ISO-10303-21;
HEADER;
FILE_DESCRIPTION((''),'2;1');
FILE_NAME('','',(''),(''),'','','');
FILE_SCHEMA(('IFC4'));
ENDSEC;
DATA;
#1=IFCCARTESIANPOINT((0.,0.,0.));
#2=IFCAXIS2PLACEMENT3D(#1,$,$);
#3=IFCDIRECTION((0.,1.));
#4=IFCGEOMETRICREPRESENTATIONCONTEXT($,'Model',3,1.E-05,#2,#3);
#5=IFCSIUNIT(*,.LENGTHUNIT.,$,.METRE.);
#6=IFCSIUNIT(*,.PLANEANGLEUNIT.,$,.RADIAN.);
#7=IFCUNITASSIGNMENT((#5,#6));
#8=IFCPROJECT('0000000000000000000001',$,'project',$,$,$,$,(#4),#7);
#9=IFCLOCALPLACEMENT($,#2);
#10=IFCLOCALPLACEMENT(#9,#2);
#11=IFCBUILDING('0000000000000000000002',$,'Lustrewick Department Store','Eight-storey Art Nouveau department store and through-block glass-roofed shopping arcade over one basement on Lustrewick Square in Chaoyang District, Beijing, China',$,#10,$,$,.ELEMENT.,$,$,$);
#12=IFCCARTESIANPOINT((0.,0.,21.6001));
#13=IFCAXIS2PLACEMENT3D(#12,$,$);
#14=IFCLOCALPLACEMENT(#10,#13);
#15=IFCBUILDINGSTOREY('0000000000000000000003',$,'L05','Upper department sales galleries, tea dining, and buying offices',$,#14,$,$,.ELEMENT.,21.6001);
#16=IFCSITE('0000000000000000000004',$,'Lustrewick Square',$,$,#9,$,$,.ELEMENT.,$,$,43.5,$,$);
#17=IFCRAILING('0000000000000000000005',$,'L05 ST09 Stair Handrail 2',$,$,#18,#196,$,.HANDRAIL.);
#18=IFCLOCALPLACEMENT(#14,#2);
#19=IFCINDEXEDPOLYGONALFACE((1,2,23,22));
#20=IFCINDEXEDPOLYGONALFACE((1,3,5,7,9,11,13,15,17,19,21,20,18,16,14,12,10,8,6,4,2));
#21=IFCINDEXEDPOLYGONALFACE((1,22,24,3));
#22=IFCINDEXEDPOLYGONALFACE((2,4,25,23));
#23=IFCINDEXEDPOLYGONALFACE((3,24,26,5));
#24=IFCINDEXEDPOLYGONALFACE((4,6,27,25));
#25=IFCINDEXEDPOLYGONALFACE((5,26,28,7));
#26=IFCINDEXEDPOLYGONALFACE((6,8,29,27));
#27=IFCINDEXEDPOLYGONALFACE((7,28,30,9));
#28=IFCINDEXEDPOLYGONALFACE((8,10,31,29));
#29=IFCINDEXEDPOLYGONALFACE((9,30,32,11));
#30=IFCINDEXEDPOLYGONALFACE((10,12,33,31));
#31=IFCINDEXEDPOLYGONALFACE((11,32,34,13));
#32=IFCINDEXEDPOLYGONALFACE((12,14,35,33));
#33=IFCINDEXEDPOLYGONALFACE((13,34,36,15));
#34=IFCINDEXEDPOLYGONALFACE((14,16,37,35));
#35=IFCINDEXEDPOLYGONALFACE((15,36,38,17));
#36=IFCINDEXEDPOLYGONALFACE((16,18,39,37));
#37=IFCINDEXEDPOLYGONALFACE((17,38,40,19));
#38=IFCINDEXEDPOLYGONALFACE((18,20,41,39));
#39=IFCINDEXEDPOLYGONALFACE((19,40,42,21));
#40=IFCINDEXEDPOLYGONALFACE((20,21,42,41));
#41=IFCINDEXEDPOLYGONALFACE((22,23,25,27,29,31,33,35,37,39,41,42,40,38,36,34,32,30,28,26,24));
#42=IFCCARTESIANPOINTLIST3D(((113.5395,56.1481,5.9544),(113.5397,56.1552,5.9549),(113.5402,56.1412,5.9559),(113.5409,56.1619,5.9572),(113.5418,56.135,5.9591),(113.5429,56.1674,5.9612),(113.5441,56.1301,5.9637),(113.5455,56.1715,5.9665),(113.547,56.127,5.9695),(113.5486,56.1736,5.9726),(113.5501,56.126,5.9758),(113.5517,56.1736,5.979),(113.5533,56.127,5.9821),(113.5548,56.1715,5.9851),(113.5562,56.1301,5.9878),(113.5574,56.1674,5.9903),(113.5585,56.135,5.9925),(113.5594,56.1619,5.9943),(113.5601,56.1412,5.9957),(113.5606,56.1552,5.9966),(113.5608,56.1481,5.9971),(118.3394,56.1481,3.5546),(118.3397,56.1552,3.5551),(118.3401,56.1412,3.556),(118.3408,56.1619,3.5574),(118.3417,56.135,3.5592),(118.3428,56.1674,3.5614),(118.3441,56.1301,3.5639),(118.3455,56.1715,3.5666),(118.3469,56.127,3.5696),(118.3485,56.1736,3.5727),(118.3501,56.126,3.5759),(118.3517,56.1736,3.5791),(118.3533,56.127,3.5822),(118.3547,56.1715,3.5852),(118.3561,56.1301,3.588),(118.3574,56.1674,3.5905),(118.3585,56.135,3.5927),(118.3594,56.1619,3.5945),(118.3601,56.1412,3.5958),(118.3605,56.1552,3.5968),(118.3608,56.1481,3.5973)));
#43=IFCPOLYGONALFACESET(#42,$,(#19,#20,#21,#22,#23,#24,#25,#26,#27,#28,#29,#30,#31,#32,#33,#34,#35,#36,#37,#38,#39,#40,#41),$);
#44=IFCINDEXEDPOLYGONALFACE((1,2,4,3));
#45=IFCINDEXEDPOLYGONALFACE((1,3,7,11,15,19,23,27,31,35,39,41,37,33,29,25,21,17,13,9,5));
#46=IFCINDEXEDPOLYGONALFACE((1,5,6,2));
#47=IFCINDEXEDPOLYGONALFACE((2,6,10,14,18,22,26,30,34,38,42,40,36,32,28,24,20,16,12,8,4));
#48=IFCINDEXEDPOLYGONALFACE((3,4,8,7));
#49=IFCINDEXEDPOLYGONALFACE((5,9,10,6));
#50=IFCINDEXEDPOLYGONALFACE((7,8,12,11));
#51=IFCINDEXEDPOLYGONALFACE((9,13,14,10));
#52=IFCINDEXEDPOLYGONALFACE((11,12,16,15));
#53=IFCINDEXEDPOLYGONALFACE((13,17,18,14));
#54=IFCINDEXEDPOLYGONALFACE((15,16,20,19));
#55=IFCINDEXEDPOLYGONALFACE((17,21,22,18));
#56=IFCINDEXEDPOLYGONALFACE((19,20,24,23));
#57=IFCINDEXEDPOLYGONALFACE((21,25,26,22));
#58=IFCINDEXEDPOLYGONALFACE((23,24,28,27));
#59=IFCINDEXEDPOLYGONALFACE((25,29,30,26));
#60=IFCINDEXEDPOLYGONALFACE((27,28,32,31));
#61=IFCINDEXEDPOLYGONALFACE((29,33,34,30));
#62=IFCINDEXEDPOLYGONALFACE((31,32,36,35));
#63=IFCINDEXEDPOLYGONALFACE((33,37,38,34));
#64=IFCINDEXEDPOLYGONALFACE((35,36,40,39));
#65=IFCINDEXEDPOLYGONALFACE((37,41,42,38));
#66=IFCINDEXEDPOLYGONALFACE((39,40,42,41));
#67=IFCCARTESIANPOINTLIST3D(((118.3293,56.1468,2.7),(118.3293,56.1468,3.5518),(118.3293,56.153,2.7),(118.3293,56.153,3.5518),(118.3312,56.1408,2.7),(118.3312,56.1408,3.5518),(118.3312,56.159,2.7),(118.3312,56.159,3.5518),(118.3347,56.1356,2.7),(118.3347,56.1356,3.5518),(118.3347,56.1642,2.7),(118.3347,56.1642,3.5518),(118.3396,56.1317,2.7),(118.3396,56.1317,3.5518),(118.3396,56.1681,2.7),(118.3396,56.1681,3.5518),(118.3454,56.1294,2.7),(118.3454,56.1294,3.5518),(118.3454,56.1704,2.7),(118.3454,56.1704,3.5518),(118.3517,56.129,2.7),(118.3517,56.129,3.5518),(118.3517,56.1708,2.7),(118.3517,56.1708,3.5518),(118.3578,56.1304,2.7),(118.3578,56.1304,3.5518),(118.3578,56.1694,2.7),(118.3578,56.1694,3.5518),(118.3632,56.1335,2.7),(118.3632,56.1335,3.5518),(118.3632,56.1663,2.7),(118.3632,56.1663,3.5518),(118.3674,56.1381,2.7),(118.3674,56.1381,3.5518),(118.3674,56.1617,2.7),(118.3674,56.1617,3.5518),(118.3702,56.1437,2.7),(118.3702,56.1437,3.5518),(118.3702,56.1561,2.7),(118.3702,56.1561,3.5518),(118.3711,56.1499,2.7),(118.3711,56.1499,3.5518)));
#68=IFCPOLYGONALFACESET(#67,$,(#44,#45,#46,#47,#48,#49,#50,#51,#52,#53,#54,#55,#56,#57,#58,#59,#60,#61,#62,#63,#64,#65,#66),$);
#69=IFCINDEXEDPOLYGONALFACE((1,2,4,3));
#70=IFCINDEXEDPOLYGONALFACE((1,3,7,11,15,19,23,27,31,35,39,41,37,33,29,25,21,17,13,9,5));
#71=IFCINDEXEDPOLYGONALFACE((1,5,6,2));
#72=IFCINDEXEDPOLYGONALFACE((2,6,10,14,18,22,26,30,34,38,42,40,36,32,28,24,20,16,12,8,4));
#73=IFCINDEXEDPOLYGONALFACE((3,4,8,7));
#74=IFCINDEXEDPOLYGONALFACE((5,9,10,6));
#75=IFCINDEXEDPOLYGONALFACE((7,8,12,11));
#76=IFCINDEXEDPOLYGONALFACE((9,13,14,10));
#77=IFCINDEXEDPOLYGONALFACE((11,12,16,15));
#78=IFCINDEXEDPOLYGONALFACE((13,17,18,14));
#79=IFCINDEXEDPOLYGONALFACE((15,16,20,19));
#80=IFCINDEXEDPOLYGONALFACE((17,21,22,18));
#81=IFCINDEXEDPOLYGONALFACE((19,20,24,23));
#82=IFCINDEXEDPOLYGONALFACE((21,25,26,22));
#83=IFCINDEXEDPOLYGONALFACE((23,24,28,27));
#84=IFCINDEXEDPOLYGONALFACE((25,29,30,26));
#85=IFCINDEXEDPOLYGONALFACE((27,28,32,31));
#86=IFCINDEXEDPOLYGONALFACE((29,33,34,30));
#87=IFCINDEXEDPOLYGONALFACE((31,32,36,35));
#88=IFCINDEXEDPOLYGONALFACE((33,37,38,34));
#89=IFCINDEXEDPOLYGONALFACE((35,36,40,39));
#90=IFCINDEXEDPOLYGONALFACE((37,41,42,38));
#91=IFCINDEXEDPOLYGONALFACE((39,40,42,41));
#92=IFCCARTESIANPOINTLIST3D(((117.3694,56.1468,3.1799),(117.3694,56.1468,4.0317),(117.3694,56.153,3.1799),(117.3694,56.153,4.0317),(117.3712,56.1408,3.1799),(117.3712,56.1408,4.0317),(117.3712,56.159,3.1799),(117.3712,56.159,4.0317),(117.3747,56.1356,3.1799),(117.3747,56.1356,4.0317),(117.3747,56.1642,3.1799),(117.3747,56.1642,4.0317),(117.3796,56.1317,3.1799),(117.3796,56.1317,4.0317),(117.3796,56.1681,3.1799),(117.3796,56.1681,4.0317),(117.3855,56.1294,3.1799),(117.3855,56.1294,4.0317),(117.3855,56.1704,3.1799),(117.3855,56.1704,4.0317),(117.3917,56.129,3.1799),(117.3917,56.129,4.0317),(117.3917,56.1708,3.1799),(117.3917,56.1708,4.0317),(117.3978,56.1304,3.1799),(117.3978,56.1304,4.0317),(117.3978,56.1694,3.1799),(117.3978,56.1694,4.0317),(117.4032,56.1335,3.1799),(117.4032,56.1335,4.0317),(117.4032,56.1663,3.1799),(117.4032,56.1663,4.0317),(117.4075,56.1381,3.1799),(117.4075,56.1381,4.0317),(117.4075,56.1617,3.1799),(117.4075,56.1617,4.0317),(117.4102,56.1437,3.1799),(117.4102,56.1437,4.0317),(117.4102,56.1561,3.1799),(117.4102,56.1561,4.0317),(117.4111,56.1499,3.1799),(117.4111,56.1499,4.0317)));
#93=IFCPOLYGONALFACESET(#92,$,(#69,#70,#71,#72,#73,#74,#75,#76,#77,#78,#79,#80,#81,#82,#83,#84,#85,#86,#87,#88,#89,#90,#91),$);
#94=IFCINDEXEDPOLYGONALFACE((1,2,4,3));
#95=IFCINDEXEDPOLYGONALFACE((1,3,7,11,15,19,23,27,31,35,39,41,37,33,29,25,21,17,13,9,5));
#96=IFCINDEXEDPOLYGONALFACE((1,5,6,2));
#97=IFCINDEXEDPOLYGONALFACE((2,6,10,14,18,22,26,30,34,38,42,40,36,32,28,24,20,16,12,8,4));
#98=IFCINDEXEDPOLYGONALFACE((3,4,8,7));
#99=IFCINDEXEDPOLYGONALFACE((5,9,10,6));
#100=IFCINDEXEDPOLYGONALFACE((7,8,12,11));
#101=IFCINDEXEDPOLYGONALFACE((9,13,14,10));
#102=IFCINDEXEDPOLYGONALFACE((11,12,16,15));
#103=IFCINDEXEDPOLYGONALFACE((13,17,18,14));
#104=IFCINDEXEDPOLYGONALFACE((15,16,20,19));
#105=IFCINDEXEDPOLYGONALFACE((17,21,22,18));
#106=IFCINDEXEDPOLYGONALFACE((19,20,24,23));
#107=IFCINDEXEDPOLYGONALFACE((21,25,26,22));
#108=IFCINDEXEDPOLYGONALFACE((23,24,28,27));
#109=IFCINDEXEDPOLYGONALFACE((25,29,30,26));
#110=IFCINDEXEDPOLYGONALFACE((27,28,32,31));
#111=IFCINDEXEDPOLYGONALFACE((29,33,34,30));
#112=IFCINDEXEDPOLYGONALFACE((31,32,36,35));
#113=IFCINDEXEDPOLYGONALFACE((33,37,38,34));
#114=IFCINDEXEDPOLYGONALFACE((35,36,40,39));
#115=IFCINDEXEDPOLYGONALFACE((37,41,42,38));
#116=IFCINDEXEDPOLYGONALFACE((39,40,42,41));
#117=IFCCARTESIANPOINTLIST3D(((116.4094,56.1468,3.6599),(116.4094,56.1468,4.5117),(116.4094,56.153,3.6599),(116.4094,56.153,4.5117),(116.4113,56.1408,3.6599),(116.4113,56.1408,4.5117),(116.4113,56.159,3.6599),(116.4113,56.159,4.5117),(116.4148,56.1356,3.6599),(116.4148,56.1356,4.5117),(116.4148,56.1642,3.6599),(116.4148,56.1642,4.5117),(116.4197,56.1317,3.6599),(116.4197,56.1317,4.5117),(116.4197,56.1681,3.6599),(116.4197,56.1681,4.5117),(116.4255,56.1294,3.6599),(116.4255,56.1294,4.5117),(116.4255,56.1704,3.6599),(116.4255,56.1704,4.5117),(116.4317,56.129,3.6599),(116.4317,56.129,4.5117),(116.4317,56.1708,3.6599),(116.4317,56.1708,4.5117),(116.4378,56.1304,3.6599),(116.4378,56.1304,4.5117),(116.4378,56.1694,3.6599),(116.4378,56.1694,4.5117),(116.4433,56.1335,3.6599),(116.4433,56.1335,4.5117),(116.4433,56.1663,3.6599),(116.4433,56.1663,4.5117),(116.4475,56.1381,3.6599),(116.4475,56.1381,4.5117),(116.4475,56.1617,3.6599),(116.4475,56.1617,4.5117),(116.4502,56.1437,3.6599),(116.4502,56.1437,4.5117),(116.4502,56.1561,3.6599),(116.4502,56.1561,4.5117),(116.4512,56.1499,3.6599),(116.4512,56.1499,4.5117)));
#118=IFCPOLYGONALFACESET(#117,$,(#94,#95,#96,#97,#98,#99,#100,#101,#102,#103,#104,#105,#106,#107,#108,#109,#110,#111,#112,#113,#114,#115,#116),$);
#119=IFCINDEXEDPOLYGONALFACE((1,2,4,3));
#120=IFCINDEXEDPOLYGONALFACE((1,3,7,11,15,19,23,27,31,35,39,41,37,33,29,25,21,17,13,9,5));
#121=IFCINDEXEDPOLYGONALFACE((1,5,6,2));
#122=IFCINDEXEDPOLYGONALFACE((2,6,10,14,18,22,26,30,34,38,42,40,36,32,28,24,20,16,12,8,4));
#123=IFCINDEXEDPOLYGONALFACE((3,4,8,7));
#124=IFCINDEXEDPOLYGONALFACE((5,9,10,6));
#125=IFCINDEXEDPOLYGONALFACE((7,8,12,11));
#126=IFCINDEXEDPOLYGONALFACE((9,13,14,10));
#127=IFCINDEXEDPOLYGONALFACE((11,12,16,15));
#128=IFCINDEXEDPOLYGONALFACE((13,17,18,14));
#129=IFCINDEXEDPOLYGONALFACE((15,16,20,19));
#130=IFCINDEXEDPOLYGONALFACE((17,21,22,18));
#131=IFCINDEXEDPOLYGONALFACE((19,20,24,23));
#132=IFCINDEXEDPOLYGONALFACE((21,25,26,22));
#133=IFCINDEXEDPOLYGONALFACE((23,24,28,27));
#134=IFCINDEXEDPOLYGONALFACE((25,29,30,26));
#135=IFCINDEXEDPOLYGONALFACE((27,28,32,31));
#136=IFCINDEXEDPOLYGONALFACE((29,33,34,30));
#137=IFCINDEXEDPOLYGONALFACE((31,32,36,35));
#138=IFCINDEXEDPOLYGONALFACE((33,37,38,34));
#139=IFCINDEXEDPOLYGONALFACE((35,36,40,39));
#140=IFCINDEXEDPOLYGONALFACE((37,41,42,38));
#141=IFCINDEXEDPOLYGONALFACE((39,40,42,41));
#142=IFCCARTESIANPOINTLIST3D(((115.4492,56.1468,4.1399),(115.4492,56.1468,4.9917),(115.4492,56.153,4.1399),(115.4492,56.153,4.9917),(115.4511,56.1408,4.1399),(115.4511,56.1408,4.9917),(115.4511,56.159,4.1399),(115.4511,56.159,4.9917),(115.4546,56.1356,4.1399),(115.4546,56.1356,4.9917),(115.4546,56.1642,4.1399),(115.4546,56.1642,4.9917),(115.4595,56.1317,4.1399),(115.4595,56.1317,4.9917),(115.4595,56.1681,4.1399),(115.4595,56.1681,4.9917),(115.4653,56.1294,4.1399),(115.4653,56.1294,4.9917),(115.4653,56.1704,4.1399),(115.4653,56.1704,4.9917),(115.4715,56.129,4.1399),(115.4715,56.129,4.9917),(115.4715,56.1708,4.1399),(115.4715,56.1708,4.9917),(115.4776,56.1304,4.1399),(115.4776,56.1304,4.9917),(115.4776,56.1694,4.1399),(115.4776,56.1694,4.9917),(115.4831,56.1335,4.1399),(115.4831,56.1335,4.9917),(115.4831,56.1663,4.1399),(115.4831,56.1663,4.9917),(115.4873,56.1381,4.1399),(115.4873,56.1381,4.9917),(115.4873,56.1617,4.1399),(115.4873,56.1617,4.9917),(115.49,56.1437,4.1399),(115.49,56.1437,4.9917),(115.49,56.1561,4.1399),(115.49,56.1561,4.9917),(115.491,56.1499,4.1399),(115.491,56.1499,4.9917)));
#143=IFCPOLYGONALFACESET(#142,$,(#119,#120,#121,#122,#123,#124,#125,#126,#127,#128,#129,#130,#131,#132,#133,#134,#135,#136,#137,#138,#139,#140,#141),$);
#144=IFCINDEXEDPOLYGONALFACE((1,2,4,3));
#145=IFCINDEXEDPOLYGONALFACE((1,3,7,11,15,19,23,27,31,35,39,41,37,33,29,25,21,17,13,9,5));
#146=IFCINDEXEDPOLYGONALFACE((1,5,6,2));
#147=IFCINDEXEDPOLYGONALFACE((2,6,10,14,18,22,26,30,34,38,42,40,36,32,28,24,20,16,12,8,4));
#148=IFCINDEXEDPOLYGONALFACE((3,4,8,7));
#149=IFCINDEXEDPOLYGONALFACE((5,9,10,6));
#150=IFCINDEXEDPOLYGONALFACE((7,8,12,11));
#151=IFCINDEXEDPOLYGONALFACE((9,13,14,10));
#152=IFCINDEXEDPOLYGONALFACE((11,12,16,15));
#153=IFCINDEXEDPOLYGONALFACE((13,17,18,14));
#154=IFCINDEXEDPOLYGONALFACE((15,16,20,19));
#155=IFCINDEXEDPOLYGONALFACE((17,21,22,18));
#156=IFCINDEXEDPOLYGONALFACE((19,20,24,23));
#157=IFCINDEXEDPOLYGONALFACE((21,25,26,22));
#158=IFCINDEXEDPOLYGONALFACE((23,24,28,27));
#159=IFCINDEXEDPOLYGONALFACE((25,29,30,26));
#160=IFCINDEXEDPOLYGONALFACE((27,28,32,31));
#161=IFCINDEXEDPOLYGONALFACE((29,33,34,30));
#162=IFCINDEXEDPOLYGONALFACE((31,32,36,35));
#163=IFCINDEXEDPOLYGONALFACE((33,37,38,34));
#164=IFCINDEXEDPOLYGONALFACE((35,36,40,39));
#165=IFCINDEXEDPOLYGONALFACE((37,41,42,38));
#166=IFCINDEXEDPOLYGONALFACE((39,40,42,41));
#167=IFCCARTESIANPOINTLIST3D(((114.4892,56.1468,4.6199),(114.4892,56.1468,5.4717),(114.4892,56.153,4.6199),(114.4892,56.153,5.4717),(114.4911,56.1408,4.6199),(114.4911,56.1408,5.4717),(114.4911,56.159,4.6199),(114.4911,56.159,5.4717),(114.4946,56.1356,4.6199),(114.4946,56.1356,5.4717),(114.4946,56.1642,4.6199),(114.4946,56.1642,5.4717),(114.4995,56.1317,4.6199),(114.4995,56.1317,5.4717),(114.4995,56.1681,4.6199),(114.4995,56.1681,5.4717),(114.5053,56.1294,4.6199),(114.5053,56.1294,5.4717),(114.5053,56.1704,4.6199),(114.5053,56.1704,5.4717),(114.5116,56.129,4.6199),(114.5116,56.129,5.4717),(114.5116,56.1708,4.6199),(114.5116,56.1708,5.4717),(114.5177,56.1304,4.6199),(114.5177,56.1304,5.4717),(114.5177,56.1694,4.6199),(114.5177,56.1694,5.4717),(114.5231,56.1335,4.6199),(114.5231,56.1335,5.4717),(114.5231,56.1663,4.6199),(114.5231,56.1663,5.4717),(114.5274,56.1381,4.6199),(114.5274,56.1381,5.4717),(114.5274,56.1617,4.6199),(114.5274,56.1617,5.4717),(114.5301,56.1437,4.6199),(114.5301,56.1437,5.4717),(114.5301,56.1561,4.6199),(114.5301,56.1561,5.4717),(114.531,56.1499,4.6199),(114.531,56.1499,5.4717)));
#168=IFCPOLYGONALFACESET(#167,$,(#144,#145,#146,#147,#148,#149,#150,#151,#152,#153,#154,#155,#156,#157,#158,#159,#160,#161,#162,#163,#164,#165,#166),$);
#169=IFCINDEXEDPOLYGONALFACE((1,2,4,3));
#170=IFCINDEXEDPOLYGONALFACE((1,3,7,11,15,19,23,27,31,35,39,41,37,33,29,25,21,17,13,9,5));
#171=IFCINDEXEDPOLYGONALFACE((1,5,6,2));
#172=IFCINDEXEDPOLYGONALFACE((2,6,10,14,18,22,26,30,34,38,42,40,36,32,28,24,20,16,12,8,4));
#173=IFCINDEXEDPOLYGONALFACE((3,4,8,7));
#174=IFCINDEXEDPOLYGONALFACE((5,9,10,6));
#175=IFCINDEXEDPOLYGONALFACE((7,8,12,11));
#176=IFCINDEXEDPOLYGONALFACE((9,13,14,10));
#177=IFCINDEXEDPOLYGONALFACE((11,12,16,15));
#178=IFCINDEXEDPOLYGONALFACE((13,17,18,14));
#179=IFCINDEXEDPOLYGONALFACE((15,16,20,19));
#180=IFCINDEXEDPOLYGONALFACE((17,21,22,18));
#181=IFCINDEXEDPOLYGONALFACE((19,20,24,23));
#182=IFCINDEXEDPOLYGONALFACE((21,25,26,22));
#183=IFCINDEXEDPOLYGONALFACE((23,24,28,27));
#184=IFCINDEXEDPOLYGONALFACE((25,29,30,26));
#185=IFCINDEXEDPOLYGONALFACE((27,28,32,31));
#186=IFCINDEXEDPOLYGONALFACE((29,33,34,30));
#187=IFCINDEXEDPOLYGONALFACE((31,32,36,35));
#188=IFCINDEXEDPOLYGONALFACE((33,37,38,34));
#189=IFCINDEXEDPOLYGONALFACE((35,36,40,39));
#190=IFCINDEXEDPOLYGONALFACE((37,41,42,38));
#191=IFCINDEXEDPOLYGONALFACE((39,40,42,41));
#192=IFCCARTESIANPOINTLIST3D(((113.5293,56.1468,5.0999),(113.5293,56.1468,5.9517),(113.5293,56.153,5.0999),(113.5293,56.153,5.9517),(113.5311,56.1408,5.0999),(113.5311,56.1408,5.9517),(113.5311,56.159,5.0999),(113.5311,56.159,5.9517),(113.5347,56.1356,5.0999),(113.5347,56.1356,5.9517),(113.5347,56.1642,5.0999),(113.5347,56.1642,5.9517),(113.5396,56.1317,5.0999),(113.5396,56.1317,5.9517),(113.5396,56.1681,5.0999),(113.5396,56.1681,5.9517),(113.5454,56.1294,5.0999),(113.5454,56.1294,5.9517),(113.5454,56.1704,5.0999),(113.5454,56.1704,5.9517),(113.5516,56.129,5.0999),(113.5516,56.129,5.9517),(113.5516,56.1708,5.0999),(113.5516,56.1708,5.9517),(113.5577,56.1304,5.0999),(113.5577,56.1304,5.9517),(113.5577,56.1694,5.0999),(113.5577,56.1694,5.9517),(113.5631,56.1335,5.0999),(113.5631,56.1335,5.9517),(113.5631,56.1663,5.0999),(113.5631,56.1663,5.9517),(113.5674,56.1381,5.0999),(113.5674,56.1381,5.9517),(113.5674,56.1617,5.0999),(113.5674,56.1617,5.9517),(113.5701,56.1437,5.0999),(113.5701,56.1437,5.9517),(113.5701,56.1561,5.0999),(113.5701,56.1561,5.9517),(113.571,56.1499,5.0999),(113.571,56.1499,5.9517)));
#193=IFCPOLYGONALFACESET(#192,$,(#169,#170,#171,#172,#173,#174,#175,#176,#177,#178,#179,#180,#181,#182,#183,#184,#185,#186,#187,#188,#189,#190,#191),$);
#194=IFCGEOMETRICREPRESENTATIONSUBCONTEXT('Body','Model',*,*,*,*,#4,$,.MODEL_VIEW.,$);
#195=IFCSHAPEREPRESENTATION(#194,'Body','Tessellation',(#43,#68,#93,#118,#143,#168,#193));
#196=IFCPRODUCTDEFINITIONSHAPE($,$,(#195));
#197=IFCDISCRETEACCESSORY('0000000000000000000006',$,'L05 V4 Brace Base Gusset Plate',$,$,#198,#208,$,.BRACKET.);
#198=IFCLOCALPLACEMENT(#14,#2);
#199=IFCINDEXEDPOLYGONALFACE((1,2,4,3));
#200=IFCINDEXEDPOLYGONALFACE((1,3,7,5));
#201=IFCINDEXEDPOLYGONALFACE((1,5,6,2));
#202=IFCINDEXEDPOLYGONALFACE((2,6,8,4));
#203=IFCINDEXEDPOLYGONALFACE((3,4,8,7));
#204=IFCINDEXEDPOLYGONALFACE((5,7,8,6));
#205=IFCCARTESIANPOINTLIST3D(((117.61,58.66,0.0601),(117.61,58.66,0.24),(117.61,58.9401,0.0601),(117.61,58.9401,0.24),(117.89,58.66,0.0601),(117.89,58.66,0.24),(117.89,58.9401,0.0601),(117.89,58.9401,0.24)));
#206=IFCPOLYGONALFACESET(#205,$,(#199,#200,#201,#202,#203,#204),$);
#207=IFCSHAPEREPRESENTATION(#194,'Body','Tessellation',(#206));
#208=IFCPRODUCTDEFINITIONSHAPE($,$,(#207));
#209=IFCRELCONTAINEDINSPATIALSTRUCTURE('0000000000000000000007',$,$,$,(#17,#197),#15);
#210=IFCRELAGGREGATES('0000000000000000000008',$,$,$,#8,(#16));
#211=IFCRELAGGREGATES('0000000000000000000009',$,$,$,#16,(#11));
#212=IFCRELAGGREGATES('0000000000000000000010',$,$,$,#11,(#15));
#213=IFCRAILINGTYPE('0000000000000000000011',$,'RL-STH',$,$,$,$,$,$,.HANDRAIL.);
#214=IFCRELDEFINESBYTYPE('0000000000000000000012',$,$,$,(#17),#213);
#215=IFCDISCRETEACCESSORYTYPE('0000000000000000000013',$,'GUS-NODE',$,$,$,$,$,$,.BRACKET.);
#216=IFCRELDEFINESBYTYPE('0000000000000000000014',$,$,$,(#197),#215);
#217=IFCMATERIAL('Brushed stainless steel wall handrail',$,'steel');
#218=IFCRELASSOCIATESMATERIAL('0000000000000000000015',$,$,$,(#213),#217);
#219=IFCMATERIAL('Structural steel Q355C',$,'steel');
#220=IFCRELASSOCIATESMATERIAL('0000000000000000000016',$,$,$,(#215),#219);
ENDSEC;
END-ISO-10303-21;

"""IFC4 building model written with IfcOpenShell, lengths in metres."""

from ifc_helpers import new_model, si_unit, direction, frame, origin, origin_2d, place, context, subcontext, project, spatial, rectangle, circle, extrude, material, type_object, element, save


model = new_model("IFC4")

# Units and contexts
model_context = context("Model", 3, precision=1e-05, world=origin(), true_north=direction((0.0, 1.0)))
body_context = subcontext(model_context, "Body", "Model", "MODEL_VIEW")
ifc_project = project(units=[si_unit("LENGTHUNIT", "METRE"), si_unit("PLANEANGLEUNIT", "RADIAN")], contexts=[model_context])

# Site, building, storey
site_placement = place(None, origin())
site = spatial("IfcSite", under=ifc_project, at=site_placement, Name="Lustrewick Square", CompositionType="ELEMENT", RefElevation=43.5)
building_placement = place(site_placement, origin())
building = spatial("IfcBuilding", under=site, at=building_placement, Name="Lustrewick Department Store", Description="Eight-storey Art Nouveau department store and through-block glass-roofed shopping arcade over one basement on Lustrewick Square in Chaoyang District, Beijing, China", CompositionType="ELEMENT")
storey_placement = place(building_placement, frame((0.0, 0.0, 21.6001)))
storey = spatial("IfcBuildingStorey", under=building, at=storey_placement, Name="L05", Description="Upper department sales galleries, tea dining, and buying offices", CompositionType="ELEMENT", Elevation=21.6001)

# Shared definitions
ifc_material_1 = material(Name="Structural steel Q355C", Category="steel")

# Railing
ifc_material_2 = material(Name="Brushed stainless steel wall handrail", Category="steel")
railing_type = type_object("IfcRailingType", Name="RL-STH", PredefinedType="HANDRAIL", material=ifc_material_2)
railing_placement = place(storey_placement, frame((118.3501, 56.1499, 2.7)))
element("IfcRailing", 1, at=railing_placement, inside=storey, type_object=railing_type, Name="L05 ST09 Stair Handrail 2", PredefinedType="HANDRAIL", context=body_context, shape_type="SweptSolid", body=[
    extrude(circle(Radius=0.0239, at=origin_2d()), frame((0.0, 0.0, 0.876), z_axis=(-0.894436, 0.0, 0.447195), x_axis=(0.0, -1.0, 0.0)), (0.0, 0.0, 1.0), 5.3665),
    extrude(circle(Radius=0.021, at=origin_2d()), origin(), (0.0, 0.0, 1.0), 0.8518),
    extrude(circle(Radius=0.021, at=origin_2d()), frame((-0.96, 0.0, 0.48)), (0.0, 0.0, 1.0), 0.8518),
    extrude(circle(Radius=0.021, at=origin_2d()), frame((-1.9199, 0.0, 0.96)), (0.0, 0.0, 1.0), 0.8518),
    extrude(circle(Radius=0.021, at=origin_2d()), frame((-2.8801, 0.0, 1.4399)), (0.0, 0.0, 1.0), 0.8518),
    extrude(circle(Radius=0.021, at=origin_2d()), frame((-3.8401, 0.0, 1.9199)), (0.0, 0.0, 1.0), 0.8518),
    extrude(circle(Radius=0.021, at=origin_2d()), frame((-4.8, 0.0, 2.3999)), (0.0, 0.0, 1.0), 0.8518),
])

# Discrete accessory
discrete_accessory_type = type_object("IfcDiscreteAccessoryType", Name="GUS-NODE", PredefinedType="BRACKET", material=ifc_material_1)
for number, where, z_axis, x_axis, name in (
    (2, (117.75, 58.8, 0.0601), (0.0, 0.0, 1.0), (1.0, 0.0, 0.0), "L05 V4 Brace Base Gusset Plate"),
):
    element("IfcDiscreteAccessory", number, at=place(storey_placement, frame(where, z_axis=z_axis, x_axis=x_axis)), inside=storey, type_object=discrete_accessory_type, Name=name, PredefinedType="BRACKET", context=body_context, shape_type="SweptSolid", body=[
        extrude(rectangle(XDim=0.28, YDim=0.28, at=origin_2d()), origin(), (0.0, 0.0, 1.0), 0.1799),
    ])

save(model, "model.ifc")
